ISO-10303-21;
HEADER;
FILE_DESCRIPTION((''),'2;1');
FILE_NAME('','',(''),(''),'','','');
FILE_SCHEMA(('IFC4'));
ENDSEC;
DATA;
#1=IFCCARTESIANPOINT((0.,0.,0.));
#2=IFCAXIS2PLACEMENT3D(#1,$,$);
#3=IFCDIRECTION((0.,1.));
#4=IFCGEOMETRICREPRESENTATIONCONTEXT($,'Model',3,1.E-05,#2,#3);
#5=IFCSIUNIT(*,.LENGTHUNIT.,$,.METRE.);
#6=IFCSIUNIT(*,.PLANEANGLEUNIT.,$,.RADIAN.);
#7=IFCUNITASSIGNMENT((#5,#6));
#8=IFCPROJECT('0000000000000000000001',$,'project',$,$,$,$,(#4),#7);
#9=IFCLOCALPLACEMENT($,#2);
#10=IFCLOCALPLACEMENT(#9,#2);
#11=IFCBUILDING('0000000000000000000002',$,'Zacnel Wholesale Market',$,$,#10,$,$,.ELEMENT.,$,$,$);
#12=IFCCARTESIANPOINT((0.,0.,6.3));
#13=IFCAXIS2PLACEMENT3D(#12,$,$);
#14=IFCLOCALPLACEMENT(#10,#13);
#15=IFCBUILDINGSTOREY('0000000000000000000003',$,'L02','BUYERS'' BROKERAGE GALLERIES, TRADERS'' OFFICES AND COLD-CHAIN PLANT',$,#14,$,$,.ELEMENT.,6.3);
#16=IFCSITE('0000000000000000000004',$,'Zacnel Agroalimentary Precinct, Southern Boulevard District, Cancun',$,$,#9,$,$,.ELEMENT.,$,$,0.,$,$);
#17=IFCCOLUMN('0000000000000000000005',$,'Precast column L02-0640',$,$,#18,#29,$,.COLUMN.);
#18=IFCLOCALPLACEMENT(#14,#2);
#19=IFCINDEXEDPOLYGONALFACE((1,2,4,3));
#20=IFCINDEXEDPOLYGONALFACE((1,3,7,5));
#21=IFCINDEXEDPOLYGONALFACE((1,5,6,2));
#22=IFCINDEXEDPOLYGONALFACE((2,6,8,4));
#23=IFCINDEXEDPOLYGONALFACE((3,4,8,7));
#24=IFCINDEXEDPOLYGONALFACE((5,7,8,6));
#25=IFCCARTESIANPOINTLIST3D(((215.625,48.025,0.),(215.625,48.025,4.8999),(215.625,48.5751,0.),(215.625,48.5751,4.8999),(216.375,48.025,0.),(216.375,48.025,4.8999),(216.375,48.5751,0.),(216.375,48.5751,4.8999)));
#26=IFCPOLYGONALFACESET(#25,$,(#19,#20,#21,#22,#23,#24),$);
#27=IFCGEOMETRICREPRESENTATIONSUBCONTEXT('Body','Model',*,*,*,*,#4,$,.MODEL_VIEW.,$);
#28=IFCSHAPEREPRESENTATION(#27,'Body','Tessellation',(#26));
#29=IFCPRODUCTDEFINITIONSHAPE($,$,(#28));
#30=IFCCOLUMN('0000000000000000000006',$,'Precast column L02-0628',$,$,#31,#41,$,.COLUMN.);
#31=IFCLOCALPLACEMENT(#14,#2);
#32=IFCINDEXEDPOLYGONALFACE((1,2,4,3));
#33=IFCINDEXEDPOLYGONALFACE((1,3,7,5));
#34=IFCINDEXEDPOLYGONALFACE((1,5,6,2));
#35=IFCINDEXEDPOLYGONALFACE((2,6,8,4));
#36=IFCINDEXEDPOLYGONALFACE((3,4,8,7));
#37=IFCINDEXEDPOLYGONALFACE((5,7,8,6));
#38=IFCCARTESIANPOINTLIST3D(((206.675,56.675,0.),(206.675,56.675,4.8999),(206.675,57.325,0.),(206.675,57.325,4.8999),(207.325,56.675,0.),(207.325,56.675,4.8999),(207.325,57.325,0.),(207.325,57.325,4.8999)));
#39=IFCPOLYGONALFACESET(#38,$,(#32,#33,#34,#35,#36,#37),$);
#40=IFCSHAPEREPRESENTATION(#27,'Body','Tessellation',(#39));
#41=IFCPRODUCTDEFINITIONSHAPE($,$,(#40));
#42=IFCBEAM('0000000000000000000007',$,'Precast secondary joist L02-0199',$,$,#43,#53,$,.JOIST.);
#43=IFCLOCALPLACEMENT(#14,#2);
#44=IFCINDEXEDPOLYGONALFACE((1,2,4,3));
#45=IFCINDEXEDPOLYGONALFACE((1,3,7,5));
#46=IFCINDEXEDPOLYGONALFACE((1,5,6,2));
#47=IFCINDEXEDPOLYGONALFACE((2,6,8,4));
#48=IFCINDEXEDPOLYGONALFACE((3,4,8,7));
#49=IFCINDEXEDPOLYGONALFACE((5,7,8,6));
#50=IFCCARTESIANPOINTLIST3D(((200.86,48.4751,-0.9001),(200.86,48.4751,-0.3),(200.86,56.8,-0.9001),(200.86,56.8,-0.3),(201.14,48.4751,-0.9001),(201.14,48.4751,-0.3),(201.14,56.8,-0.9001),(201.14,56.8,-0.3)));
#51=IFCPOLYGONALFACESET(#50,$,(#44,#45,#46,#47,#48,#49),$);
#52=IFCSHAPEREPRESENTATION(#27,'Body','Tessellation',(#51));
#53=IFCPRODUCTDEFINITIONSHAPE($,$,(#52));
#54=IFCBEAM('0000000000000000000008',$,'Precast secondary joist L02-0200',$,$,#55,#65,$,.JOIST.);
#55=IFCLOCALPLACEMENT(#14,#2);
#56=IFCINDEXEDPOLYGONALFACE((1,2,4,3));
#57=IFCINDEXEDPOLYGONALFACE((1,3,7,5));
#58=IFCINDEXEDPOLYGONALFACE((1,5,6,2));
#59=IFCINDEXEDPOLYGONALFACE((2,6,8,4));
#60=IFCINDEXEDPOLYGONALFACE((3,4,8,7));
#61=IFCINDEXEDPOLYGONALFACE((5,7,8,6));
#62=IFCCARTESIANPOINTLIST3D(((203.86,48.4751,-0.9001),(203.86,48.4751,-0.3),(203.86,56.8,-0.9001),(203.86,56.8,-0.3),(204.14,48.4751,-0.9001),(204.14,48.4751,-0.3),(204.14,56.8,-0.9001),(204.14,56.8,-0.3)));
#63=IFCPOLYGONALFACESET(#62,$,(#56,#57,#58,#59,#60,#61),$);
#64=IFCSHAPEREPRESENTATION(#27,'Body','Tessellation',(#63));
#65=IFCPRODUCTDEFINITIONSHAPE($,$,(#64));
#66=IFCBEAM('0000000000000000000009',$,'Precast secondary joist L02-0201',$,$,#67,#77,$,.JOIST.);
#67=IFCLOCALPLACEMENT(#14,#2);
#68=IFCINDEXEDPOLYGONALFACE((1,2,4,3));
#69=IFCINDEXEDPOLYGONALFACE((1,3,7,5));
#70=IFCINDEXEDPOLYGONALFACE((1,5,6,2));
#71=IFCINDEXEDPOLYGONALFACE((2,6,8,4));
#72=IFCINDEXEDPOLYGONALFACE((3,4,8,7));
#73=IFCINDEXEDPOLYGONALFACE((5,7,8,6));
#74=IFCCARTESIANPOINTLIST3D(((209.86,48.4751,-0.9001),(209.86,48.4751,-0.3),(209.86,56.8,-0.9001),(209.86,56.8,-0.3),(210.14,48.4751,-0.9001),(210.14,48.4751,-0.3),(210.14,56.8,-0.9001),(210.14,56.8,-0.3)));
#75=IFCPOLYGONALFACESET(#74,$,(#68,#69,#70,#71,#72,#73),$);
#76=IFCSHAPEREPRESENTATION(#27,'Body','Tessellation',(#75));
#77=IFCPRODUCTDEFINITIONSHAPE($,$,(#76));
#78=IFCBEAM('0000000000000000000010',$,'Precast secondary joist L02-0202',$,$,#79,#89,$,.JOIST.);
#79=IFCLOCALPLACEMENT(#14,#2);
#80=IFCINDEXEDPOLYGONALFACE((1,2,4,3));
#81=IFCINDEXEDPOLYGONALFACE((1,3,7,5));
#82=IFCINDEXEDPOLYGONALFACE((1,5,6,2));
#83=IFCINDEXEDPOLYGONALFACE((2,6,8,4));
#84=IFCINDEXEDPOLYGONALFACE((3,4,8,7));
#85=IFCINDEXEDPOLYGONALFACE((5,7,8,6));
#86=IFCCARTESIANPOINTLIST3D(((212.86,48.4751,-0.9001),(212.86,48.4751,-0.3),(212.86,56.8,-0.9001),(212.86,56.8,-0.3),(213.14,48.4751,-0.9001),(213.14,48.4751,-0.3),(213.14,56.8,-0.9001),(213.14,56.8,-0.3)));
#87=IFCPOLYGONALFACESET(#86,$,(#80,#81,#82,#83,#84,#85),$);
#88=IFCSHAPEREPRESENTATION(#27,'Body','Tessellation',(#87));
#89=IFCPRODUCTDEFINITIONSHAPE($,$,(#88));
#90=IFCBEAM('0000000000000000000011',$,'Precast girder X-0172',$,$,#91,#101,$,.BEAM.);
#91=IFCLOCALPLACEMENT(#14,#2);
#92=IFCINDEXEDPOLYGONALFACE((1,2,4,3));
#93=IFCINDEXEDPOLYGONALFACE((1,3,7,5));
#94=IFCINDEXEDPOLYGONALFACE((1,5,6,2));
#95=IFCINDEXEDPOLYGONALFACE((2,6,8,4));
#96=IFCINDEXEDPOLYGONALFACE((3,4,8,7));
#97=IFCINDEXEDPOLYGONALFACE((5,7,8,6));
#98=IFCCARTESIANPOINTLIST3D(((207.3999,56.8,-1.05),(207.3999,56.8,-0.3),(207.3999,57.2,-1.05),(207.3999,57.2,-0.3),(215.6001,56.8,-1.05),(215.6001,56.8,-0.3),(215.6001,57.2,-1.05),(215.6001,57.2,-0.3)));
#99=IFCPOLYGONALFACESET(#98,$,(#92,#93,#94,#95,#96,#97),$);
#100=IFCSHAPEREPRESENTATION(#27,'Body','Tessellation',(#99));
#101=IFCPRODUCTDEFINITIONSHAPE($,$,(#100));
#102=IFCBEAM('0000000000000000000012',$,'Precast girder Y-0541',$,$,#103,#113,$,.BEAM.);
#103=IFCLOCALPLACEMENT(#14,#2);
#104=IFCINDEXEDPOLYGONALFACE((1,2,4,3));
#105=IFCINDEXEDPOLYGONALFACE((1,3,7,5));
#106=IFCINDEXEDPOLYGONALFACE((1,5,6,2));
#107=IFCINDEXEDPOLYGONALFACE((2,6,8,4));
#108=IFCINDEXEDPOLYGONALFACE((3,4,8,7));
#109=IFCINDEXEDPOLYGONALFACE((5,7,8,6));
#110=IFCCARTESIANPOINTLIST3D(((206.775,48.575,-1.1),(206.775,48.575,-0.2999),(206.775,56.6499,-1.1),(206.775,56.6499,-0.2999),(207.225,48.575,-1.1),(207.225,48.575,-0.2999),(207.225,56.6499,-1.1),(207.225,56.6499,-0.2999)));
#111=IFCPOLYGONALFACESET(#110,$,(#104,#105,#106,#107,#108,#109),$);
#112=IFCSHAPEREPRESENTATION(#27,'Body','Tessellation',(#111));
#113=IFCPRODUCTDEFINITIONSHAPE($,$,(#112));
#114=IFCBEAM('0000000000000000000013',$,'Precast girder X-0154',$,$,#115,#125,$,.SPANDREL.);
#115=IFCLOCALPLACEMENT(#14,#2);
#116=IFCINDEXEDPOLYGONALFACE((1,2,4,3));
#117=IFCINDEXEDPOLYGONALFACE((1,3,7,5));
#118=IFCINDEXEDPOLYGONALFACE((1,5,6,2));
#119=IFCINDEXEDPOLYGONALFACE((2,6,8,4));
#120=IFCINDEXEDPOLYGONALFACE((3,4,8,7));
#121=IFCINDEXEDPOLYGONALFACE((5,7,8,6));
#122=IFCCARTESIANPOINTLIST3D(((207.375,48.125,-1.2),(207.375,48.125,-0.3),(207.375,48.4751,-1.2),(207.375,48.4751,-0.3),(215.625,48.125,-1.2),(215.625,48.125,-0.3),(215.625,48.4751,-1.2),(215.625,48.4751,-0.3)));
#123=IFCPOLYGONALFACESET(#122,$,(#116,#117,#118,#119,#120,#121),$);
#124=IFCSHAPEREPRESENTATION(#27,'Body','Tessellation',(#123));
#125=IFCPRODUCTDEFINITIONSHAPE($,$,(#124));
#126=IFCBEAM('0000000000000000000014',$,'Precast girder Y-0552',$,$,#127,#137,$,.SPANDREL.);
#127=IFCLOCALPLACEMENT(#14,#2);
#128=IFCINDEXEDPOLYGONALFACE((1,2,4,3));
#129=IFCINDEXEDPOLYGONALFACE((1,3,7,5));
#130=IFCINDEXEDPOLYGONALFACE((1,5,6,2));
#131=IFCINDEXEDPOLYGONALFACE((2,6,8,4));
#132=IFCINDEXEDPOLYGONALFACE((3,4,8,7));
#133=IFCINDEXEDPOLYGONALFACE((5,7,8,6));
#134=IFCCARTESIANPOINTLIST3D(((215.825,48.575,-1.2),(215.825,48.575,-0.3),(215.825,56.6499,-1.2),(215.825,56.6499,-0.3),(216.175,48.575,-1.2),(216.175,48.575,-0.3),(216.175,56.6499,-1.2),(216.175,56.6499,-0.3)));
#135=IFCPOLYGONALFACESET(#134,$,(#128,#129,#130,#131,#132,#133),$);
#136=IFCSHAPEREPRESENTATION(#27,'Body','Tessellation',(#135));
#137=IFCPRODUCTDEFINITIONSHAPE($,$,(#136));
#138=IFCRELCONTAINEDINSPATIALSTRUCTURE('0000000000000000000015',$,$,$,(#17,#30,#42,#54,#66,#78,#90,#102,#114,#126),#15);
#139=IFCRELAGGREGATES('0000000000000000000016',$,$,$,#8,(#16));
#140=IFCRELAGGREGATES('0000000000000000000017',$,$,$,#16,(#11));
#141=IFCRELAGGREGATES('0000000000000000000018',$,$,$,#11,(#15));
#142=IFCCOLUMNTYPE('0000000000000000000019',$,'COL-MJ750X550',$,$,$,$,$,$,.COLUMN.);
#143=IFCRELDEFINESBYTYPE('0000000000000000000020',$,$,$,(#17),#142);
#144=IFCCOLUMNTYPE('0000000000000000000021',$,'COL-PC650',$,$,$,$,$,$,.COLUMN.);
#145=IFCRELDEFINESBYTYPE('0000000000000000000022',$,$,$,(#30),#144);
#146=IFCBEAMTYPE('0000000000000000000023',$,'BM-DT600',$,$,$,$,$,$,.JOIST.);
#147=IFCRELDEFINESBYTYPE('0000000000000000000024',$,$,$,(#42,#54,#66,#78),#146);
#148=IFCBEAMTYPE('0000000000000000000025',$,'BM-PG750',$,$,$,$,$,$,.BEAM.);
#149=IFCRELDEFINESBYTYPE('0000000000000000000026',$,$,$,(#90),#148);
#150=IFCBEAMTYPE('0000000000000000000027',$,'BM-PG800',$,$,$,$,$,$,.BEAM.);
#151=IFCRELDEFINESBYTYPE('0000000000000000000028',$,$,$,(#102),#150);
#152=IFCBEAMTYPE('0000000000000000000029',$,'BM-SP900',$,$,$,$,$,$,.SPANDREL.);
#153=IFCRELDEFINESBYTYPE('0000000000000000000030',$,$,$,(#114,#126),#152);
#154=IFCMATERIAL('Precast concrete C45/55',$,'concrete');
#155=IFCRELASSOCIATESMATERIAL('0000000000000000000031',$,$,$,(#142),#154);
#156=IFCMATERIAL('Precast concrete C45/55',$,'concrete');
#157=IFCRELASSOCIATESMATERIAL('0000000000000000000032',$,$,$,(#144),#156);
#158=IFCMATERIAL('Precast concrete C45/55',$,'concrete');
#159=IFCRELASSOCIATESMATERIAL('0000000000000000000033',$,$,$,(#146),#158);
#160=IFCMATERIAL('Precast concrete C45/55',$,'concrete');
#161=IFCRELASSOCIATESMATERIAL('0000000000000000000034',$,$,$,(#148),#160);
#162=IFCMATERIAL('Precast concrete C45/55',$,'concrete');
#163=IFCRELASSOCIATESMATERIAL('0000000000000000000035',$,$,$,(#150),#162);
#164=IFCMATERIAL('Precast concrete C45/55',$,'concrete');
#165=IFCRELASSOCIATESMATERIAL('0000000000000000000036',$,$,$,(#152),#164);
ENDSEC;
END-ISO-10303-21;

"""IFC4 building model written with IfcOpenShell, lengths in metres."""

from ifc_helpers import new_model, si_unit, direction, frame, origin, origin_2d, place, context, subcontext, project, spatial, rectangle, extrude, material, material_profile, profile_set, type_object, element, save


model = new_model("IFC4")

# Units and contexts
model_context = context("Model", 3, precision=1e-05, world=origin(), true_north=direction((0.0, 1.0)))
body_context = subcontext(model_context, "Body", "Model", "MODEL_VIEW")
ifc_project = project(units=[si_unit("LENGTHUNIT", "METRE"), si_unit("PLANEANGLEUNIT", "RADIAN")], contexts=[model_context])

# Site, building, storey
site_placement = place(None, origin())
site = spatial("IfcSite", under=ifc_project, at=site_placement, Name="Zacnel Agroalimentary Precinct, Southern Boulevard District, Cancun", CompositionType="ELEMENT", RefElevation=0.0)
building_placement = place(site_placement, origin())
building = spatial("IfcBuilding", under=site, at=building_placement, Name="Zacnel Wholesale Market", CompositionType="ELEMENT")
storey_placement = place(building_placement, frame((0.0, 0.0, 6.3)))
storey = spatial("IfcBuildingStorey", under=building, at=storey_placement, Name="L02", Description="BUYERS' BROKERAGE GALLERIES, TRADERS' OFFICES AND COLD-CHAIN PLANT", CompositionType="ELEMENT", Elevation=6.3)

# Columns
ifc_material_1 = material(Name="Precast concrete C45/55", Category="concrete")
ifc_material_profile_1 = material_profile(ifc_material_1, rectangle(XDim=0.75, YDim=0.55, at=origin_2d()), Name="PC 750x550")
ifc_profile_set_1 = profile_set([ifc_material_profile_1], Name="Precast concrete C45/55")
column_type_1 = type_object("IfcColumnType", Name="COL-MJ750X550", PredefinedType="COLUMN", material=ifc_profile_set_1)
column_1_placement = place(storey_placement, frame((216.0, 48.3, 0.0), z_axis=(0.0, 0.0, 1.0), x_axis=(1.0, 0.0, 0.0)))
element("IfcColumn", 1, at=column_1_placement, inside=storey, type_object=column_type_1, Name="Precast column L02-0640", PredefinedType="COLUMN", context=body_context, shape_type="SweptSolid", body=[
    extrude(rectangle(XDim=0.75, YDim=0.55, at=origin_2d()), origin(), (0.0, 0.0, 1.0), 4.8999),
])
ifc_material_2 = material(Name="Precast concrete C45/55", Category="concrete")
ifc_material_profile_2 = material_profile(ifc_material_2, rectangle(XDim=0.6499, YDim=0.6499, at=origin_2d()), Name="PC 650x650")
ifc_profile_set_2 = profile_set([ifc_material_profile_2], Name="Precast concrete C45/55")
column_type_2 = type_object("IfcColumnType", Name="COL-PC650", PredefinedType="COLUMN", material=ifc_profile_set_2)
column_2_placement = place(storey_placement, frame((207.0, 57.0, 0.0), z_axis=(0.0, 0.0, 1.0), x_axis=(1.0, 0.0, 0.0)))
element("IfcColumn", 2, at=column_2_placement, inside=storey, type_object=column_type_2, Name="Precast column L02-0628", PredefinedType="COLUMN", context=body_context, shape_type="SweptSolid", body=[
    extrude(rectangle(XDim=0.6499, YDim=0.6499, at=origin_2d()), origin(), (0.0, 0.0, 1.0), 4.8999),
])

# Beams
ifc_material_3 = material(Name="Precast concrete C45/55", Category="concrete")
ifc_material_profile_3 = material_profile(ifc_material_3, rectangle(XDim=0.28, YDim=0.6001, at=origin_2d()), Name="DT RIB 280x600")
ifc_profile_set_3 = profile_set([ifc_material_profile_3], Name="Precast concrete C45/55")
beam_type_1 = type_object("IfcBeamType", Name="BM-DT600", PredefinedType="JOIST", material=ifc_profile_set_3)
for number, where, z_axis, x_axis, name in (
    (3, (201.0, 48.4751, -0.6001), (0.0, 1.0, 0.0), (-1.0, 0.0, 0.0), "Precast secondary joist L02-0199"),
    (4, (204.0, 48.4751, -0.6001), (0.0, 1.0, 0.0), (-1.0, 0.0, 0.0), "Precast secondary joist L02-0200"),
    (5, (210.0, 48.4751, -0.6001), (0.0, 1.0, 0.0), (-1.0, 0.0, 0.0), "Precast secondary joist L02-0201"),
    (6, (213.0, 48.4751, -0.6001), (0.0, 1.0, 0.0), (-1.0, 0.0, 0.0), "Precast secondary joist L02-0202"),
):
    element("IfcBeam", number, at=place(storey_placement, frame(where, z_axis=z_axis, x_axis=x_axis)), inside=storey, type_object=beam_type_1, Name=name, PredefinedType="JOIST", context=body_context, shape_type="SweptSolid", body=[
        extrude(rectangle(XDim=0.28, YDim=0.6001, at=origin_2d()), origin(), (0.0, 0.0, 1.0), 8.325),
    ])
ifc_material_4 = material(Name="Precast concrete C45/55", Category="concrete")
ifc_material_profile_4 = material_profile(ifc_material_4, rectangle(XDim=0.3999, YDim=0.75, at=origin_2d()), Name="PG 400x750")
ifc_profile_set_4 = profile_set([ifc_material_profile_4], Name="Precast concrete C45/55")
beam_type_2 = type_object("IfcBeamType", Name="BM-PG750", PredefinedType="BEAM", material=ifc_profile_set_4)
beam_1_placement = place(storey_placement, frame((207.3999, 57.0, -0.675), z_axis=(1.0, 0.0, 0.0), x_axis=(0.0, 1.0, 0.0)))
element("IfcBeam", 7, at=beam_1_placement, inside=storey, type_object=beam_type_2, Name="Precast girder X-0172", PredefinedType="BEAM", context=body_context, shape_type="SweptSolid", body=[
    extrude(rectangle(XDim=0.3999, YDim=0.75, at=origin_2d()), origin(), (0.0, 0.0, 1.0), 8.2002),
])
ifc_material_5 = material(Name="Precast concrete C45/55", Category="concrete")
ifc_material_profile_5 = material_profile(ifc_material_5, rectangle(XDim=0.45, YDim=0.8, at=origin_2d()), Name="PG 450x800")
ifc_profile_set_5 = profile_set([ifc_material_profile_5], Name="Precast concrete C45/55")
beam_type_3 = type_object("IfcBeamType", Name="BM-PG800", PredefinedType="BEAM", material=ifc_profile_set_5)
beam_2_placement = place(storey_placement, frame((207.0, 48.575, -0.7), z_axis=(0.0, 1.0, 0.0), x_axis=(-1.0, 0.0, 0.0)))
element("IfcBeam", 8, at=beam_2_placement, inside=storey, type_object=beam_type_3, Name="Precast girder Y-0541", PredefinedType="BEAM", context=body_context, shape_type="SweptSolid", body=[
    extrude(rectangle(XDim=0.45, YDim=0.8, at=origin_2d()), origin(), (0.0, 0.0, 1.0), 8.075),
])
ifc_material_6 = material(Name="Precast concrete C45/55", Category="concrete")
ifc_material_profile_6 = material_profile(ifc_material_6, rectangle(XDim=0.3501, YDim=0.8999, at=origin_2d()), Name="SP 350x900")
ifc_profile_set_6 = profile_set([ifc_material_profile_6], Name="Precast concrete C45/55")
beam_type_4 = type_object("IfcBeamType", Name="BM-SP900", PredefinedType="SPANDREL", material=ifc_profile_set_6)
beam_3_placement = place(storey_placement, frame((207.375, 48.3, -0.75), z_axis=(1.0, 0.0, 0.0), x_axis=(0.0, 1.0, 0.0)))
element("IfcBeam", 9, at=beam_3_placement, inside=storey, type_object=beam_type_4, Name="Precast girder X-0154", PredefinedType="SPANDREL", context=body_context, shape_type="SweptSolid", body=[
    extrude(rectangle(XDim=0.3501, YDim=0.8999, at=origin_2d()), origin(), (0.0, 0.0, 1.0), 8.25),
])
beam_4_placement = place(storey_placement, frame((216.0, 48.575, -0.75), z_axis=(0.0, 1.0, 0.0), x_axis=(-1.0, 0.0, 0.0)))
element("IfcBeam", 10, at=beam_4_placement, inside=storey, type_object=beam_type_4, Name="Precast girder Y-0552", PredefinedType="SPANDREL", context=body_context, shape_type="SweptSolid", body=[
    extrude(rectangle(XDim=0.3501, YDim=0.8999, at=origin_2d()), origin(), (0.0, 0.0, 1.0), 8.075),
])

save(model, "model.ifc")
